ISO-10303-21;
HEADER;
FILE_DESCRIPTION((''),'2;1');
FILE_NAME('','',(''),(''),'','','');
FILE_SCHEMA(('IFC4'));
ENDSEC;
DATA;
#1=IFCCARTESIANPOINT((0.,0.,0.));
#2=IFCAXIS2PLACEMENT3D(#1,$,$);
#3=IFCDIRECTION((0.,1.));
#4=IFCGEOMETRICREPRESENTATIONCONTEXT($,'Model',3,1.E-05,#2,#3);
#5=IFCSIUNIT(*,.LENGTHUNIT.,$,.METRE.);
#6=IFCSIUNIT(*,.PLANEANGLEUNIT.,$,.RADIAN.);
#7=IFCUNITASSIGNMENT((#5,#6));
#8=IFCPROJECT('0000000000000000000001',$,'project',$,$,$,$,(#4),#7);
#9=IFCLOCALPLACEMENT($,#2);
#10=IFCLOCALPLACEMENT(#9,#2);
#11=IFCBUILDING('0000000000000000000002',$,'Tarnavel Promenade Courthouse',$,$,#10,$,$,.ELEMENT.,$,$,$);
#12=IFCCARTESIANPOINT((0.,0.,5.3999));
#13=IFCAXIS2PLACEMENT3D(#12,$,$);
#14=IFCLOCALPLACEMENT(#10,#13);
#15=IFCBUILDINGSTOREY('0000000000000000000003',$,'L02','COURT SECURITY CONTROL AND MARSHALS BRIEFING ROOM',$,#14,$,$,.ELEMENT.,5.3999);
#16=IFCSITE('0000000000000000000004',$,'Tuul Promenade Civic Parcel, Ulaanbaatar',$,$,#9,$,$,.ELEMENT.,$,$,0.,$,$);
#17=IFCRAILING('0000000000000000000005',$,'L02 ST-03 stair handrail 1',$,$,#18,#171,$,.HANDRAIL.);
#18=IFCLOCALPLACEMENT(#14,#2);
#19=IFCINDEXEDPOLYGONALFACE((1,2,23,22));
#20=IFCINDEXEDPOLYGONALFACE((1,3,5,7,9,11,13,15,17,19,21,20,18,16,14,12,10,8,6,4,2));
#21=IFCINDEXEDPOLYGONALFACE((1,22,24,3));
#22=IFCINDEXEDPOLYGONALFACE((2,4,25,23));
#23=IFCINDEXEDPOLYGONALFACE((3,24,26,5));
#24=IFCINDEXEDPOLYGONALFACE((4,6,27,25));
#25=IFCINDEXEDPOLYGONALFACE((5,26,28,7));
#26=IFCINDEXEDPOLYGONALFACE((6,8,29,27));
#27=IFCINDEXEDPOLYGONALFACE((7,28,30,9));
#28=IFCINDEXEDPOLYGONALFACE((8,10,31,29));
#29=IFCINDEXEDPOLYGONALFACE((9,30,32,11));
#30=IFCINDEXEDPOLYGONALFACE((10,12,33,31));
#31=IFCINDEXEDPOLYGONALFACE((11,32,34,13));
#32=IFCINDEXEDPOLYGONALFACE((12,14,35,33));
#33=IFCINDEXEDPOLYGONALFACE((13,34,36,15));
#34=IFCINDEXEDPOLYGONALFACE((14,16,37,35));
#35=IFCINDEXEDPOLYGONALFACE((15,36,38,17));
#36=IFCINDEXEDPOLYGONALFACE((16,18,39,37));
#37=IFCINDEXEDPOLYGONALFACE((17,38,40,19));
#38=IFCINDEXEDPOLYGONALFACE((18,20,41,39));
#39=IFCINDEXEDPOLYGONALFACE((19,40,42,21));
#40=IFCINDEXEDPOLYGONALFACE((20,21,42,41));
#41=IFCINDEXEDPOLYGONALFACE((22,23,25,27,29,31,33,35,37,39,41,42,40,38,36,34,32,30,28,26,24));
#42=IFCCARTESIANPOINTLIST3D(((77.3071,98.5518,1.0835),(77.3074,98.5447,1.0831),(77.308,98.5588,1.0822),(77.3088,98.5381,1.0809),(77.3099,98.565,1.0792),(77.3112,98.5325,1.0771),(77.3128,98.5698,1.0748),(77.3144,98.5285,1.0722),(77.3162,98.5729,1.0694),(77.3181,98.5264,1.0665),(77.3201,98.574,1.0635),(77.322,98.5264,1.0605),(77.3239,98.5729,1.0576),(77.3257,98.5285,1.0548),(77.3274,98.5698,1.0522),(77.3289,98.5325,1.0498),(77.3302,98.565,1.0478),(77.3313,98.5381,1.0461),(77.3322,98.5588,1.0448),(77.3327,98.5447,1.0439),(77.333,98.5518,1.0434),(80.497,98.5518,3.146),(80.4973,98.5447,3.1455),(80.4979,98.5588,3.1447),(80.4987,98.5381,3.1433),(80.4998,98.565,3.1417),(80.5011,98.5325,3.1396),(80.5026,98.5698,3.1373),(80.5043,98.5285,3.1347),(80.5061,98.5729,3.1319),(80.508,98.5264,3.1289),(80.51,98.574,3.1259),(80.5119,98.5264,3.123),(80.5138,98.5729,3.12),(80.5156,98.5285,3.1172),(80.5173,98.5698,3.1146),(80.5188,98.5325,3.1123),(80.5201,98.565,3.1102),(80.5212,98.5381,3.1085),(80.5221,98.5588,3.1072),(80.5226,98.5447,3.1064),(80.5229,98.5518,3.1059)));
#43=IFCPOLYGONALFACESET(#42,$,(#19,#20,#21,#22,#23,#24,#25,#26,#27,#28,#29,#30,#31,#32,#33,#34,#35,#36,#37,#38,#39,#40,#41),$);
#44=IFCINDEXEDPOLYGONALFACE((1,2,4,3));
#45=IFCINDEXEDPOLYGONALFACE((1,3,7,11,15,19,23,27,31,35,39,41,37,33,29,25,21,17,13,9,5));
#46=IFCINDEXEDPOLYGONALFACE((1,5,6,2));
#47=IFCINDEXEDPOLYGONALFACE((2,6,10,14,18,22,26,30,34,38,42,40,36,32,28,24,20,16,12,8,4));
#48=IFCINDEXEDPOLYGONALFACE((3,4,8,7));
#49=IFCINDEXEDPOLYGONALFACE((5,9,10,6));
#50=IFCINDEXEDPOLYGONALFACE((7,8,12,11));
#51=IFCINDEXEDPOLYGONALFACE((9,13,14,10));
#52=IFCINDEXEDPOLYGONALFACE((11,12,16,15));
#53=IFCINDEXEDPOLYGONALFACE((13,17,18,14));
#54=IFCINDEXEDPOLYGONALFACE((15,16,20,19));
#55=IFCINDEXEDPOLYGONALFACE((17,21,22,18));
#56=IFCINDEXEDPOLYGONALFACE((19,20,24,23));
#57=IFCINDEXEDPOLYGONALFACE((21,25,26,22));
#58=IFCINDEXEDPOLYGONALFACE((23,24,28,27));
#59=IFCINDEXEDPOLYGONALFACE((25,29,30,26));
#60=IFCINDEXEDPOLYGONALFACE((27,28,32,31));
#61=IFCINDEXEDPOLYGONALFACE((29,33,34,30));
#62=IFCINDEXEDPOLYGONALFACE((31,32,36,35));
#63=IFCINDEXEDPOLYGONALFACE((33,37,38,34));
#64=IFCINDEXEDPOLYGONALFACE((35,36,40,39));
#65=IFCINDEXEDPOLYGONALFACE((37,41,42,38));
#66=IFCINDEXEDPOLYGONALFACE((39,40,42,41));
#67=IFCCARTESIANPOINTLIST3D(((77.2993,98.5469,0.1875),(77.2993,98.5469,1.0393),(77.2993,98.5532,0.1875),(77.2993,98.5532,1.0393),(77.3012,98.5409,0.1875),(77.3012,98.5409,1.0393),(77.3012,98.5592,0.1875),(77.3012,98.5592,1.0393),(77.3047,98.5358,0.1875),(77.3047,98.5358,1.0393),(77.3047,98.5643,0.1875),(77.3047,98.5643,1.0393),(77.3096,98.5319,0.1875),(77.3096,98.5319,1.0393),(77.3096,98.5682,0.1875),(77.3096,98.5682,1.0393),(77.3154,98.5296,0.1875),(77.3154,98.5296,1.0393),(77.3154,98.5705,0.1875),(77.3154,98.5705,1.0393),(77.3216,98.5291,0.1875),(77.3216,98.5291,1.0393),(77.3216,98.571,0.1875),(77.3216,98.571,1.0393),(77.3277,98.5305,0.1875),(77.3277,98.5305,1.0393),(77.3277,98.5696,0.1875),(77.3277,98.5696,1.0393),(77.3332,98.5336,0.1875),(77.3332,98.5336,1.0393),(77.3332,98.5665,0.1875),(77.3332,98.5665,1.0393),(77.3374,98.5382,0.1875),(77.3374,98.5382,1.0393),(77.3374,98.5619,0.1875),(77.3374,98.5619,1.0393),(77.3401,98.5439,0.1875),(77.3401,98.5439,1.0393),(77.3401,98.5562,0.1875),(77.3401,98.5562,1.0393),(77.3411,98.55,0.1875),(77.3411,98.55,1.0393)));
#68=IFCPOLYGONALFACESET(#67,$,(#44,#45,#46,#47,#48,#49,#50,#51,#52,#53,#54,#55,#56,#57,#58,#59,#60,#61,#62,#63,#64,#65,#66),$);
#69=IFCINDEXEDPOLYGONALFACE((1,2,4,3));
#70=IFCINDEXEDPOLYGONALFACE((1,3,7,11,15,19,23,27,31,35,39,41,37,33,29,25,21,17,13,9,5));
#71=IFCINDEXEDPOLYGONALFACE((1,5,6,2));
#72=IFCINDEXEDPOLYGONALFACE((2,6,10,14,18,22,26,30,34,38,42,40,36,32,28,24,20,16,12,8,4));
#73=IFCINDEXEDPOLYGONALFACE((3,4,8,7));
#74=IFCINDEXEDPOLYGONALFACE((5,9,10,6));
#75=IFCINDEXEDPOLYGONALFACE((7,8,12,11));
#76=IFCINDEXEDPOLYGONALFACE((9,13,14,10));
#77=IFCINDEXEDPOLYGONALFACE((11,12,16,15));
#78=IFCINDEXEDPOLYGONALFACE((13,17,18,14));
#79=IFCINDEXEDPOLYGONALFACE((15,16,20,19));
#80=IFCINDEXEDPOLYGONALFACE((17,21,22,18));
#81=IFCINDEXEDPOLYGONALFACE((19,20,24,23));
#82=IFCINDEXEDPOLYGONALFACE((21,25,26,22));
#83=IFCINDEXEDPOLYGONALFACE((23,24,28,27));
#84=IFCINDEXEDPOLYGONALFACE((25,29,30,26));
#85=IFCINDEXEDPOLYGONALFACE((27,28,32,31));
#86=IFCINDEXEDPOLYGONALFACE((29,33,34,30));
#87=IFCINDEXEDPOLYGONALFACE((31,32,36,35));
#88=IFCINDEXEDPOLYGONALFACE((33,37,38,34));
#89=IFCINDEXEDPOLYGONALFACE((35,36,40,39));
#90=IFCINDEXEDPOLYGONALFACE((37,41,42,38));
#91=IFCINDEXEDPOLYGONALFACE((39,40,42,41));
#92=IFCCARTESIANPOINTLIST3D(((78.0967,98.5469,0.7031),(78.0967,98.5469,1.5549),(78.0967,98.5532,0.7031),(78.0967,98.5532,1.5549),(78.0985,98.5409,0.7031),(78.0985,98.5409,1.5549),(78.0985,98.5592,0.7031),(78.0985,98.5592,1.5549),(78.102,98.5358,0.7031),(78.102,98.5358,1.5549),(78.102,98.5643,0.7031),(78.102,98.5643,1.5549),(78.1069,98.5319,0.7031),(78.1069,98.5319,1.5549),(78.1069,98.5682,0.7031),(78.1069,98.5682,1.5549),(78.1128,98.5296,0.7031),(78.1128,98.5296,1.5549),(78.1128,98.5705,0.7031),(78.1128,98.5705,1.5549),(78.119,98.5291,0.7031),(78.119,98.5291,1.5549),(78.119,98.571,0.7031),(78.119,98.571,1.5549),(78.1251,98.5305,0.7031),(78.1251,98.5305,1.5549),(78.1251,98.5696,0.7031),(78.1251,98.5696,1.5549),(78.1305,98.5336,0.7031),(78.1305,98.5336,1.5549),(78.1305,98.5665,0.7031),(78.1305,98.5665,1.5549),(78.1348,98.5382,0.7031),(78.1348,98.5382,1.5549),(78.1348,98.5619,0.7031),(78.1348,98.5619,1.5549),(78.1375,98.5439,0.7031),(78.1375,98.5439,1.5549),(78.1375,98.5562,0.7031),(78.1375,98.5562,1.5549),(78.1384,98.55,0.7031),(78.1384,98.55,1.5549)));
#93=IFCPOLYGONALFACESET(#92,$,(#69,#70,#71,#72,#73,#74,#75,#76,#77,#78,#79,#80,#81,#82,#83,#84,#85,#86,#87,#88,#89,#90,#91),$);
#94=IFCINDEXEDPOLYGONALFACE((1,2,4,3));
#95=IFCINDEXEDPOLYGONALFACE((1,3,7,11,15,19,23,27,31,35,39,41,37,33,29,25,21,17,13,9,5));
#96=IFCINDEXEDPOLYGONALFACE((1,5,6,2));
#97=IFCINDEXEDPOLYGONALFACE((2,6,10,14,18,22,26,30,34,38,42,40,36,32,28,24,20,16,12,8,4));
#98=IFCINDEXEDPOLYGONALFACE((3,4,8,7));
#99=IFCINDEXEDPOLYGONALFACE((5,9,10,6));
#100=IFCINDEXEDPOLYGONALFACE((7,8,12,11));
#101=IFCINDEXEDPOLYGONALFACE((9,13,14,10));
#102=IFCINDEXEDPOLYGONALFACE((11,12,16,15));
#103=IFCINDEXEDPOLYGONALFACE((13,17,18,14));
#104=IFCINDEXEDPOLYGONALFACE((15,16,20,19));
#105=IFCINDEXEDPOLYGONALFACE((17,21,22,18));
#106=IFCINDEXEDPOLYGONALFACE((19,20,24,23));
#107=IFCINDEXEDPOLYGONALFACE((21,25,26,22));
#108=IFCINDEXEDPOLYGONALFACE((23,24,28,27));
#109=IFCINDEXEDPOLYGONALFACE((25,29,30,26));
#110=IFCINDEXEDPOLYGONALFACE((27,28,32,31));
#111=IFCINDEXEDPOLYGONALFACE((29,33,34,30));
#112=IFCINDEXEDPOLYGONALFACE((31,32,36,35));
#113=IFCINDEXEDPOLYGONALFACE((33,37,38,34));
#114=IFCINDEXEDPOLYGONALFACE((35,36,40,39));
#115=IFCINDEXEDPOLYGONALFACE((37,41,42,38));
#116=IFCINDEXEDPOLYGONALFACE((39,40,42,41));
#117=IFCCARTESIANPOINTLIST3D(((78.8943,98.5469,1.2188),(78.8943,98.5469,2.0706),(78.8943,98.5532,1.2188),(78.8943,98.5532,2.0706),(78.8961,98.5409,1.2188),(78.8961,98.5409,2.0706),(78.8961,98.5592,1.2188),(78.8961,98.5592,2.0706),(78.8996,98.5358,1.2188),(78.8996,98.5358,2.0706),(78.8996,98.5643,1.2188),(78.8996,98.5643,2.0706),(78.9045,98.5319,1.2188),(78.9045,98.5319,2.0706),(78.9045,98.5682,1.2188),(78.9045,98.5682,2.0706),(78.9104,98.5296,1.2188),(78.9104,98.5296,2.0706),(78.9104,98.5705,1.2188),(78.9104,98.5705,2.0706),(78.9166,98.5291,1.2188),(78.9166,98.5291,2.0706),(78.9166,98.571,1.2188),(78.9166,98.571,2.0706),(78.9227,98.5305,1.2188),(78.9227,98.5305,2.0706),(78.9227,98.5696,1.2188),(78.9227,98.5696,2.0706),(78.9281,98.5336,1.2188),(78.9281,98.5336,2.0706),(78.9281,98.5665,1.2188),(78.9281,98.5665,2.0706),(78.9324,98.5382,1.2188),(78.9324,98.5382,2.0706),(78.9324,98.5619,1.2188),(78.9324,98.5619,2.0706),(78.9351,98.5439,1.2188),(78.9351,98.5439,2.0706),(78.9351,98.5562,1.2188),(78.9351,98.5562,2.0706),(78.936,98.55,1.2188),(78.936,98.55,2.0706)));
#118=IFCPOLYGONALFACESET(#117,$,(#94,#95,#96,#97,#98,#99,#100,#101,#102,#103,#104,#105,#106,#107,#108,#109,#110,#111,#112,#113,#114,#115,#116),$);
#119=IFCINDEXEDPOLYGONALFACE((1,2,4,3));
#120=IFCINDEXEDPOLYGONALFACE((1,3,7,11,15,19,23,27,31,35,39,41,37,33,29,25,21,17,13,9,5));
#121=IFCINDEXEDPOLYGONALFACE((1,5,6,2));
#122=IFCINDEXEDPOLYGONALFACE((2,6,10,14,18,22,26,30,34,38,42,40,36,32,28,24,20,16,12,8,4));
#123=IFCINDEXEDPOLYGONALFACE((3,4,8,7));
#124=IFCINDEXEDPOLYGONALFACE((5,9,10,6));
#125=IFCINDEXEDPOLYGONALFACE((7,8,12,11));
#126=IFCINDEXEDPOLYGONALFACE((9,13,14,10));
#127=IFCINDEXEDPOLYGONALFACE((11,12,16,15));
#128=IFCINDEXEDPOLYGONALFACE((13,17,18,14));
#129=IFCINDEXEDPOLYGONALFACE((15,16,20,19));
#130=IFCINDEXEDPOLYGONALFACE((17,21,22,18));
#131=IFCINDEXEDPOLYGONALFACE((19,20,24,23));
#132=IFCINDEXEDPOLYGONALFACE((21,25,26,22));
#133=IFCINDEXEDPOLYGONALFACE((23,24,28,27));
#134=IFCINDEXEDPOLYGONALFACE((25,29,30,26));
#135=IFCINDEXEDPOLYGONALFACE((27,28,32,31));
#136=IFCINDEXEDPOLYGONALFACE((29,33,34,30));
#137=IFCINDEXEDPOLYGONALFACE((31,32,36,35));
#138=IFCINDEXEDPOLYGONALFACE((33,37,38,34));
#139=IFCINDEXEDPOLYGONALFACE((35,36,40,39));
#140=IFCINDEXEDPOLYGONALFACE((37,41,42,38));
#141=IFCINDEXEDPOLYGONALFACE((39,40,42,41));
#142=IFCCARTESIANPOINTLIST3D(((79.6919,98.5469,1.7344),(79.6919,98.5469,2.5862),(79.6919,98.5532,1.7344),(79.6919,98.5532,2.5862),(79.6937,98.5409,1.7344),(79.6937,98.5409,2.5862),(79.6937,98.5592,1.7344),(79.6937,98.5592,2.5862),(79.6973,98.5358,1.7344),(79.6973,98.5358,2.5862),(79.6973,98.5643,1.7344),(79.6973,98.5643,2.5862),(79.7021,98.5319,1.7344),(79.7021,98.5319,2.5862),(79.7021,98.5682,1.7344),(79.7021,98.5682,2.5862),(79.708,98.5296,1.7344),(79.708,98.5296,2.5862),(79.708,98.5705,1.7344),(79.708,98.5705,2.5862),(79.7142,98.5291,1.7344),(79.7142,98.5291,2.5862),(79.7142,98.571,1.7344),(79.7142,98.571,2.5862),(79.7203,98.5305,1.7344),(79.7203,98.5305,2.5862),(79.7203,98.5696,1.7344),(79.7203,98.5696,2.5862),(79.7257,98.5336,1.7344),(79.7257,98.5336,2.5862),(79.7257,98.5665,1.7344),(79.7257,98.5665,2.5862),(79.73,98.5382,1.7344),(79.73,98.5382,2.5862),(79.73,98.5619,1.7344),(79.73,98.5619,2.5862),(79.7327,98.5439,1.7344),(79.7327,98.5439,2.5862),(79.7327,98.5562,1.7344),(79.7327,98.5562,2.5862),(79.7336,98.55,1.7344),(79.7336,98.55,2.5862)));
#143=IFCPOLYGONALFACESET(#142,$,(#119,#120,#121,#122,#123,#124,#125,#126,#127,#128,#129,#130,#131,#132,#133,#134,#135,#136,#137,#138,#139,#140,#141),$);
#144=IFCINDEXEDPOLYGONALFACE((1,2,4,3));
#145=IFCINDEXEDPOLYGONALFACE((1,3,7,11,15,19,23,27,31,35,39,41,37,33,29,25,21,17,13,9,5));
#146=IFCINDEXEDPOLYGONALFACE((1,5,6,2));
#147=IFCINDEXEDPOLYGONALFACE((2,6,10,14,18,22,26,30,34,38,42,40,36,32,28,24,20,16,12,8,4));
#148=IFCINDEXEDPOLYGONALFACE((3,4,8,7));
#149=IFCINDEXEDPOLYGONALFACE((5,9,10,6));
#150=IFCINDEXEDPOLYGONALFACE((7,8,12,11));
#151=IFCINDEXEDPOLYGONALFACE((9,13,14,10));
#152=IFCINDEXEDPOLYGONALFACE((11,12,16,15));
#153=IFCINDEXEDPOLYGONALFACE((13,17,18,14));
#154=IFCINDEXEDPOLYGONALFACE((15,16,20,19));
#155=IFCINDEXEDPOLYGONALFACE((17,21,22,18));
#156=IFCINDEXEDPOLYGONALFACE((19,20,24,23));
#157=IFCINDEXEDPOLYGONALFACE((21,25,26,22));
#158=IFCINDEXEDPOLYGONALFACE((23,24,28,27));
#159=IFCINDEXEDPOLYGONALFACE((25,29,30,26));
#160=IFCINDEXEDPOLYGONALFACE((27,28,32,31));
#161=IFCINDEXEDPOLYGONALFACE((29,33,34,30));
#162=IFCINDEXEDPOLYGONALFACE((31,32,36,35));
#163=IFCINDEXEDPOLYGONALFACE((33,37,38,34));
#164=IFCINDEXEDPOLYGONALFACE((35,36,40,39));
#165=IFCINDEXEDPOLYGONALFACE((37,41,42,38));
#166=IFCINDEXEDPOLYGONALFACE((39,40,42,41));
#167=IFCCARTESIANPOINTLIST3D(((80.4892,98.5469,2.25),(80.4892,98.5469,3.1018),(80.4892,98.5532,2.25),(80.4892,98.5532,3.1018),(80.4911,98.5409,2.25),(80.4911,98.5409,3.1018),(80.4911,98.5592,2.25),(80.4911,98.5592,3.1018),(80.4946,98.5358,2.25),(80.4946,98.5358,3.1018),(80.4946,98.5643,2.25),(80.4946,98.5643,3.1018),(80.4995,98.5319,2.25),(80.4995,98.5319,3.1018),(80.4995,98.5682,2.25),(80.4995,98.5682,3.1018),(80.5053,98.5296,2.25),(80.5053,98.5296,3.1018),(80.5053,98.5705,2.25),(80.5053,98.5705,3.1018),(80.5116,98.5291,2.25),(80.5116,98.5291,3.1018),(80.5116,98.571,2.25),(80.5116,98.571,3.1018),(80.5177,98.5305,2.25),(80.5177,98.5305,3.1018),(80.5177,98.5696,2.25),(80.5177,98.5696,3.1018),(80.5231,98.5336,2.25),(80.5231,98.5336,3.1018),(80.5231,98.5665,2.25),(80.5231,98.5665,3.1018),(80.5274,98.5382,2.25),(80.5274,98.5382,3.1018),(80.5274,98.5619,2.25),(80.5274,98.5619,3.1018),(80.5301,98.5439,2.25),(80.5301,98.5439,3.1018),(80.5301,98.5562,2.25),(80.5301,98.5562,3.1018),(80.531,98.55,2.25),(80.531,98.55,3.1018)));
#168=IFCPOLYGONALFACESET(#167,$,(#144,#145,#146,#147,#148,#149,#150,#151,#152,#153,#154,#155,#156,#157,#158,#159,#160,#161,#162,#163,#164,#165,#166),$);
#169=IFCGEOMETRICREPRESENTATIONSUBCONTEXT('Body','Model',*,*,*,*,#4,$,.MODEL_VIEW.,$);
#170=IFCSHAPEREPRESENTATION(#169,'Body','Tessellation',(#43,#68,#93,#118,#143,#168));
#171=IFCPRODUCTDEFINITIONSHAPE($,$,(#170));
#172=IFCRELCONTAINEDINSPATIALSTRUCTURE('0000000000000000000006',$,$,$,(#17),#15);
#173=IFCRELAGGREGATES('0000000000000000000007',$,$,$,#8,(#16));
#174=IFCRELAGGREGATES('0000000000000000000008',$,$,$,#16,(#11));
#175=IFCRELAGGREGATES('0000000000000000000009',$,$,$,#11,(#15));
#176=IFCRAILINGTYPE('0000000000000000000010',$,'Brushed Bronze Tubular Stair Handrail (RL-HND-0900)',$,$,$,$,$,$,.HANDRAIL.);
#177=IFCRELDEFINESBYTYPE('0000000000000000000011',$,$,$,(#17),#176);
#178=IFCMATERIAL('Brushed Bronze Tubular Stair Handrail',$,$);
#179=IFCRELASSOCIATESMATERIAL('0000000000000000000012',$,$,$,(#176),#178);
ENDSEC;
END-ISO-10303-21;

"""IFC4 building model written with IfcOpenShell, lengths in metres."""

from ifc_helpers import new_model, si_unit, direction, frame, origin, origin_2d, place, context, subcontext, project, spatial, circle, extrude, material, type_object, element, save


model = new_model("IFC4")

# Units and contexts
model_context = context("Model", 3, precision=1e-05, world=origin(), true_north=direction((0.0, 1.0)))
body_context = subcontext(model_context, "Body", "Model", "MODEL_VIEW")
ifc_project = project(units=[si_unit("LENGTHUNIT", "METRE"), si_unit("PLANEANGLEUNIT", "RADIAN")], contexts=[model_context])

# Site, building, storey
site_placement = place(None, origin())
site = spatial("IfcSite", under=ifc_project, at=site_placement, Name="Tuul Promenade Civic Parcel, Ulaanbaatar", CompositionType="ELEMENT", RefElevation=0.0)
building_placement = place(site_placement, origin())
building = spatial("IfcBuilding", under=site, at=building_placement, Name="Tarnavel Promenade Courthouse", CompositionType="ELEMENT")
storey_placement = place(building_placement, frame((0.0, 0.0, 5.3999)))
storey = spatial("IfcBuildingStorey", under=building, at=storey_placement, Name="L02", Description="COURT SECURITY CONTROL AND MARSHALS BRIEFING ROOM", CompositionType="ELEMENT", Elevation=5.3999)

# Railing
ifc_material_1 = material(Name="Brushed Bronze Tubular Stair Handrail")
railing_type_1 = type_object("IfcRailingType", Name="Brushed Bronze Tubular Stair Handrail (RL-HND-0900)", PredefinedType="HANDRAIL", material=ifc_material_1)
railing_1_placement = place(storey_placement, frame((77.3201, 98.55, 0.1875)))
element("IfcRailing", 1, at=railing_1_placement, inside=storey, type_object=railing_type_1, Name="L02 ST-03 stair handrail 1", PredefinedType="HANDRAIL", context=body_context, shape_type="SweptSolid", body=[
    extrude(circle(Radius=0.0239, at=origin_2d()), frame((0.0, 0.0, 0.876), z_axis=(0.83976, 0.0, 0.542958), x_axis=(0.0, 1.0, 0.0)), (0.0, 0.0, 1.0), 3.7986),
    extrude(circle(Radius=0.021, at=origin_2d()), origin(), (0.0, 0.0, 1.0), 0.8518),
    extrude(circle(Radius=0.021, at=origin_2d()), frame((0.7974, 0.0, 0.5156)), (0.0, 0.0, 1.0), 0.8518),
    extrude(circle(Radius=0.021, at=origin_2d()), frame((1.595, 0.0, 1.0312)), (0.0, 0.0, 1.0), 0.8518),
    extrude(circle(Radius=0.021, at=origin_2d()), frame((2.3926, 0.0, 1.5469)), (0.0, 0.0, 1.0), 0.8518),
    extrude(circle(Radius=0.021, at=origin_2d()), frame((3.1899, 0.0, 2.0625)), (0.0, 0.0, 1.0), 0.8518),
])

save(model, "model.ifc")
